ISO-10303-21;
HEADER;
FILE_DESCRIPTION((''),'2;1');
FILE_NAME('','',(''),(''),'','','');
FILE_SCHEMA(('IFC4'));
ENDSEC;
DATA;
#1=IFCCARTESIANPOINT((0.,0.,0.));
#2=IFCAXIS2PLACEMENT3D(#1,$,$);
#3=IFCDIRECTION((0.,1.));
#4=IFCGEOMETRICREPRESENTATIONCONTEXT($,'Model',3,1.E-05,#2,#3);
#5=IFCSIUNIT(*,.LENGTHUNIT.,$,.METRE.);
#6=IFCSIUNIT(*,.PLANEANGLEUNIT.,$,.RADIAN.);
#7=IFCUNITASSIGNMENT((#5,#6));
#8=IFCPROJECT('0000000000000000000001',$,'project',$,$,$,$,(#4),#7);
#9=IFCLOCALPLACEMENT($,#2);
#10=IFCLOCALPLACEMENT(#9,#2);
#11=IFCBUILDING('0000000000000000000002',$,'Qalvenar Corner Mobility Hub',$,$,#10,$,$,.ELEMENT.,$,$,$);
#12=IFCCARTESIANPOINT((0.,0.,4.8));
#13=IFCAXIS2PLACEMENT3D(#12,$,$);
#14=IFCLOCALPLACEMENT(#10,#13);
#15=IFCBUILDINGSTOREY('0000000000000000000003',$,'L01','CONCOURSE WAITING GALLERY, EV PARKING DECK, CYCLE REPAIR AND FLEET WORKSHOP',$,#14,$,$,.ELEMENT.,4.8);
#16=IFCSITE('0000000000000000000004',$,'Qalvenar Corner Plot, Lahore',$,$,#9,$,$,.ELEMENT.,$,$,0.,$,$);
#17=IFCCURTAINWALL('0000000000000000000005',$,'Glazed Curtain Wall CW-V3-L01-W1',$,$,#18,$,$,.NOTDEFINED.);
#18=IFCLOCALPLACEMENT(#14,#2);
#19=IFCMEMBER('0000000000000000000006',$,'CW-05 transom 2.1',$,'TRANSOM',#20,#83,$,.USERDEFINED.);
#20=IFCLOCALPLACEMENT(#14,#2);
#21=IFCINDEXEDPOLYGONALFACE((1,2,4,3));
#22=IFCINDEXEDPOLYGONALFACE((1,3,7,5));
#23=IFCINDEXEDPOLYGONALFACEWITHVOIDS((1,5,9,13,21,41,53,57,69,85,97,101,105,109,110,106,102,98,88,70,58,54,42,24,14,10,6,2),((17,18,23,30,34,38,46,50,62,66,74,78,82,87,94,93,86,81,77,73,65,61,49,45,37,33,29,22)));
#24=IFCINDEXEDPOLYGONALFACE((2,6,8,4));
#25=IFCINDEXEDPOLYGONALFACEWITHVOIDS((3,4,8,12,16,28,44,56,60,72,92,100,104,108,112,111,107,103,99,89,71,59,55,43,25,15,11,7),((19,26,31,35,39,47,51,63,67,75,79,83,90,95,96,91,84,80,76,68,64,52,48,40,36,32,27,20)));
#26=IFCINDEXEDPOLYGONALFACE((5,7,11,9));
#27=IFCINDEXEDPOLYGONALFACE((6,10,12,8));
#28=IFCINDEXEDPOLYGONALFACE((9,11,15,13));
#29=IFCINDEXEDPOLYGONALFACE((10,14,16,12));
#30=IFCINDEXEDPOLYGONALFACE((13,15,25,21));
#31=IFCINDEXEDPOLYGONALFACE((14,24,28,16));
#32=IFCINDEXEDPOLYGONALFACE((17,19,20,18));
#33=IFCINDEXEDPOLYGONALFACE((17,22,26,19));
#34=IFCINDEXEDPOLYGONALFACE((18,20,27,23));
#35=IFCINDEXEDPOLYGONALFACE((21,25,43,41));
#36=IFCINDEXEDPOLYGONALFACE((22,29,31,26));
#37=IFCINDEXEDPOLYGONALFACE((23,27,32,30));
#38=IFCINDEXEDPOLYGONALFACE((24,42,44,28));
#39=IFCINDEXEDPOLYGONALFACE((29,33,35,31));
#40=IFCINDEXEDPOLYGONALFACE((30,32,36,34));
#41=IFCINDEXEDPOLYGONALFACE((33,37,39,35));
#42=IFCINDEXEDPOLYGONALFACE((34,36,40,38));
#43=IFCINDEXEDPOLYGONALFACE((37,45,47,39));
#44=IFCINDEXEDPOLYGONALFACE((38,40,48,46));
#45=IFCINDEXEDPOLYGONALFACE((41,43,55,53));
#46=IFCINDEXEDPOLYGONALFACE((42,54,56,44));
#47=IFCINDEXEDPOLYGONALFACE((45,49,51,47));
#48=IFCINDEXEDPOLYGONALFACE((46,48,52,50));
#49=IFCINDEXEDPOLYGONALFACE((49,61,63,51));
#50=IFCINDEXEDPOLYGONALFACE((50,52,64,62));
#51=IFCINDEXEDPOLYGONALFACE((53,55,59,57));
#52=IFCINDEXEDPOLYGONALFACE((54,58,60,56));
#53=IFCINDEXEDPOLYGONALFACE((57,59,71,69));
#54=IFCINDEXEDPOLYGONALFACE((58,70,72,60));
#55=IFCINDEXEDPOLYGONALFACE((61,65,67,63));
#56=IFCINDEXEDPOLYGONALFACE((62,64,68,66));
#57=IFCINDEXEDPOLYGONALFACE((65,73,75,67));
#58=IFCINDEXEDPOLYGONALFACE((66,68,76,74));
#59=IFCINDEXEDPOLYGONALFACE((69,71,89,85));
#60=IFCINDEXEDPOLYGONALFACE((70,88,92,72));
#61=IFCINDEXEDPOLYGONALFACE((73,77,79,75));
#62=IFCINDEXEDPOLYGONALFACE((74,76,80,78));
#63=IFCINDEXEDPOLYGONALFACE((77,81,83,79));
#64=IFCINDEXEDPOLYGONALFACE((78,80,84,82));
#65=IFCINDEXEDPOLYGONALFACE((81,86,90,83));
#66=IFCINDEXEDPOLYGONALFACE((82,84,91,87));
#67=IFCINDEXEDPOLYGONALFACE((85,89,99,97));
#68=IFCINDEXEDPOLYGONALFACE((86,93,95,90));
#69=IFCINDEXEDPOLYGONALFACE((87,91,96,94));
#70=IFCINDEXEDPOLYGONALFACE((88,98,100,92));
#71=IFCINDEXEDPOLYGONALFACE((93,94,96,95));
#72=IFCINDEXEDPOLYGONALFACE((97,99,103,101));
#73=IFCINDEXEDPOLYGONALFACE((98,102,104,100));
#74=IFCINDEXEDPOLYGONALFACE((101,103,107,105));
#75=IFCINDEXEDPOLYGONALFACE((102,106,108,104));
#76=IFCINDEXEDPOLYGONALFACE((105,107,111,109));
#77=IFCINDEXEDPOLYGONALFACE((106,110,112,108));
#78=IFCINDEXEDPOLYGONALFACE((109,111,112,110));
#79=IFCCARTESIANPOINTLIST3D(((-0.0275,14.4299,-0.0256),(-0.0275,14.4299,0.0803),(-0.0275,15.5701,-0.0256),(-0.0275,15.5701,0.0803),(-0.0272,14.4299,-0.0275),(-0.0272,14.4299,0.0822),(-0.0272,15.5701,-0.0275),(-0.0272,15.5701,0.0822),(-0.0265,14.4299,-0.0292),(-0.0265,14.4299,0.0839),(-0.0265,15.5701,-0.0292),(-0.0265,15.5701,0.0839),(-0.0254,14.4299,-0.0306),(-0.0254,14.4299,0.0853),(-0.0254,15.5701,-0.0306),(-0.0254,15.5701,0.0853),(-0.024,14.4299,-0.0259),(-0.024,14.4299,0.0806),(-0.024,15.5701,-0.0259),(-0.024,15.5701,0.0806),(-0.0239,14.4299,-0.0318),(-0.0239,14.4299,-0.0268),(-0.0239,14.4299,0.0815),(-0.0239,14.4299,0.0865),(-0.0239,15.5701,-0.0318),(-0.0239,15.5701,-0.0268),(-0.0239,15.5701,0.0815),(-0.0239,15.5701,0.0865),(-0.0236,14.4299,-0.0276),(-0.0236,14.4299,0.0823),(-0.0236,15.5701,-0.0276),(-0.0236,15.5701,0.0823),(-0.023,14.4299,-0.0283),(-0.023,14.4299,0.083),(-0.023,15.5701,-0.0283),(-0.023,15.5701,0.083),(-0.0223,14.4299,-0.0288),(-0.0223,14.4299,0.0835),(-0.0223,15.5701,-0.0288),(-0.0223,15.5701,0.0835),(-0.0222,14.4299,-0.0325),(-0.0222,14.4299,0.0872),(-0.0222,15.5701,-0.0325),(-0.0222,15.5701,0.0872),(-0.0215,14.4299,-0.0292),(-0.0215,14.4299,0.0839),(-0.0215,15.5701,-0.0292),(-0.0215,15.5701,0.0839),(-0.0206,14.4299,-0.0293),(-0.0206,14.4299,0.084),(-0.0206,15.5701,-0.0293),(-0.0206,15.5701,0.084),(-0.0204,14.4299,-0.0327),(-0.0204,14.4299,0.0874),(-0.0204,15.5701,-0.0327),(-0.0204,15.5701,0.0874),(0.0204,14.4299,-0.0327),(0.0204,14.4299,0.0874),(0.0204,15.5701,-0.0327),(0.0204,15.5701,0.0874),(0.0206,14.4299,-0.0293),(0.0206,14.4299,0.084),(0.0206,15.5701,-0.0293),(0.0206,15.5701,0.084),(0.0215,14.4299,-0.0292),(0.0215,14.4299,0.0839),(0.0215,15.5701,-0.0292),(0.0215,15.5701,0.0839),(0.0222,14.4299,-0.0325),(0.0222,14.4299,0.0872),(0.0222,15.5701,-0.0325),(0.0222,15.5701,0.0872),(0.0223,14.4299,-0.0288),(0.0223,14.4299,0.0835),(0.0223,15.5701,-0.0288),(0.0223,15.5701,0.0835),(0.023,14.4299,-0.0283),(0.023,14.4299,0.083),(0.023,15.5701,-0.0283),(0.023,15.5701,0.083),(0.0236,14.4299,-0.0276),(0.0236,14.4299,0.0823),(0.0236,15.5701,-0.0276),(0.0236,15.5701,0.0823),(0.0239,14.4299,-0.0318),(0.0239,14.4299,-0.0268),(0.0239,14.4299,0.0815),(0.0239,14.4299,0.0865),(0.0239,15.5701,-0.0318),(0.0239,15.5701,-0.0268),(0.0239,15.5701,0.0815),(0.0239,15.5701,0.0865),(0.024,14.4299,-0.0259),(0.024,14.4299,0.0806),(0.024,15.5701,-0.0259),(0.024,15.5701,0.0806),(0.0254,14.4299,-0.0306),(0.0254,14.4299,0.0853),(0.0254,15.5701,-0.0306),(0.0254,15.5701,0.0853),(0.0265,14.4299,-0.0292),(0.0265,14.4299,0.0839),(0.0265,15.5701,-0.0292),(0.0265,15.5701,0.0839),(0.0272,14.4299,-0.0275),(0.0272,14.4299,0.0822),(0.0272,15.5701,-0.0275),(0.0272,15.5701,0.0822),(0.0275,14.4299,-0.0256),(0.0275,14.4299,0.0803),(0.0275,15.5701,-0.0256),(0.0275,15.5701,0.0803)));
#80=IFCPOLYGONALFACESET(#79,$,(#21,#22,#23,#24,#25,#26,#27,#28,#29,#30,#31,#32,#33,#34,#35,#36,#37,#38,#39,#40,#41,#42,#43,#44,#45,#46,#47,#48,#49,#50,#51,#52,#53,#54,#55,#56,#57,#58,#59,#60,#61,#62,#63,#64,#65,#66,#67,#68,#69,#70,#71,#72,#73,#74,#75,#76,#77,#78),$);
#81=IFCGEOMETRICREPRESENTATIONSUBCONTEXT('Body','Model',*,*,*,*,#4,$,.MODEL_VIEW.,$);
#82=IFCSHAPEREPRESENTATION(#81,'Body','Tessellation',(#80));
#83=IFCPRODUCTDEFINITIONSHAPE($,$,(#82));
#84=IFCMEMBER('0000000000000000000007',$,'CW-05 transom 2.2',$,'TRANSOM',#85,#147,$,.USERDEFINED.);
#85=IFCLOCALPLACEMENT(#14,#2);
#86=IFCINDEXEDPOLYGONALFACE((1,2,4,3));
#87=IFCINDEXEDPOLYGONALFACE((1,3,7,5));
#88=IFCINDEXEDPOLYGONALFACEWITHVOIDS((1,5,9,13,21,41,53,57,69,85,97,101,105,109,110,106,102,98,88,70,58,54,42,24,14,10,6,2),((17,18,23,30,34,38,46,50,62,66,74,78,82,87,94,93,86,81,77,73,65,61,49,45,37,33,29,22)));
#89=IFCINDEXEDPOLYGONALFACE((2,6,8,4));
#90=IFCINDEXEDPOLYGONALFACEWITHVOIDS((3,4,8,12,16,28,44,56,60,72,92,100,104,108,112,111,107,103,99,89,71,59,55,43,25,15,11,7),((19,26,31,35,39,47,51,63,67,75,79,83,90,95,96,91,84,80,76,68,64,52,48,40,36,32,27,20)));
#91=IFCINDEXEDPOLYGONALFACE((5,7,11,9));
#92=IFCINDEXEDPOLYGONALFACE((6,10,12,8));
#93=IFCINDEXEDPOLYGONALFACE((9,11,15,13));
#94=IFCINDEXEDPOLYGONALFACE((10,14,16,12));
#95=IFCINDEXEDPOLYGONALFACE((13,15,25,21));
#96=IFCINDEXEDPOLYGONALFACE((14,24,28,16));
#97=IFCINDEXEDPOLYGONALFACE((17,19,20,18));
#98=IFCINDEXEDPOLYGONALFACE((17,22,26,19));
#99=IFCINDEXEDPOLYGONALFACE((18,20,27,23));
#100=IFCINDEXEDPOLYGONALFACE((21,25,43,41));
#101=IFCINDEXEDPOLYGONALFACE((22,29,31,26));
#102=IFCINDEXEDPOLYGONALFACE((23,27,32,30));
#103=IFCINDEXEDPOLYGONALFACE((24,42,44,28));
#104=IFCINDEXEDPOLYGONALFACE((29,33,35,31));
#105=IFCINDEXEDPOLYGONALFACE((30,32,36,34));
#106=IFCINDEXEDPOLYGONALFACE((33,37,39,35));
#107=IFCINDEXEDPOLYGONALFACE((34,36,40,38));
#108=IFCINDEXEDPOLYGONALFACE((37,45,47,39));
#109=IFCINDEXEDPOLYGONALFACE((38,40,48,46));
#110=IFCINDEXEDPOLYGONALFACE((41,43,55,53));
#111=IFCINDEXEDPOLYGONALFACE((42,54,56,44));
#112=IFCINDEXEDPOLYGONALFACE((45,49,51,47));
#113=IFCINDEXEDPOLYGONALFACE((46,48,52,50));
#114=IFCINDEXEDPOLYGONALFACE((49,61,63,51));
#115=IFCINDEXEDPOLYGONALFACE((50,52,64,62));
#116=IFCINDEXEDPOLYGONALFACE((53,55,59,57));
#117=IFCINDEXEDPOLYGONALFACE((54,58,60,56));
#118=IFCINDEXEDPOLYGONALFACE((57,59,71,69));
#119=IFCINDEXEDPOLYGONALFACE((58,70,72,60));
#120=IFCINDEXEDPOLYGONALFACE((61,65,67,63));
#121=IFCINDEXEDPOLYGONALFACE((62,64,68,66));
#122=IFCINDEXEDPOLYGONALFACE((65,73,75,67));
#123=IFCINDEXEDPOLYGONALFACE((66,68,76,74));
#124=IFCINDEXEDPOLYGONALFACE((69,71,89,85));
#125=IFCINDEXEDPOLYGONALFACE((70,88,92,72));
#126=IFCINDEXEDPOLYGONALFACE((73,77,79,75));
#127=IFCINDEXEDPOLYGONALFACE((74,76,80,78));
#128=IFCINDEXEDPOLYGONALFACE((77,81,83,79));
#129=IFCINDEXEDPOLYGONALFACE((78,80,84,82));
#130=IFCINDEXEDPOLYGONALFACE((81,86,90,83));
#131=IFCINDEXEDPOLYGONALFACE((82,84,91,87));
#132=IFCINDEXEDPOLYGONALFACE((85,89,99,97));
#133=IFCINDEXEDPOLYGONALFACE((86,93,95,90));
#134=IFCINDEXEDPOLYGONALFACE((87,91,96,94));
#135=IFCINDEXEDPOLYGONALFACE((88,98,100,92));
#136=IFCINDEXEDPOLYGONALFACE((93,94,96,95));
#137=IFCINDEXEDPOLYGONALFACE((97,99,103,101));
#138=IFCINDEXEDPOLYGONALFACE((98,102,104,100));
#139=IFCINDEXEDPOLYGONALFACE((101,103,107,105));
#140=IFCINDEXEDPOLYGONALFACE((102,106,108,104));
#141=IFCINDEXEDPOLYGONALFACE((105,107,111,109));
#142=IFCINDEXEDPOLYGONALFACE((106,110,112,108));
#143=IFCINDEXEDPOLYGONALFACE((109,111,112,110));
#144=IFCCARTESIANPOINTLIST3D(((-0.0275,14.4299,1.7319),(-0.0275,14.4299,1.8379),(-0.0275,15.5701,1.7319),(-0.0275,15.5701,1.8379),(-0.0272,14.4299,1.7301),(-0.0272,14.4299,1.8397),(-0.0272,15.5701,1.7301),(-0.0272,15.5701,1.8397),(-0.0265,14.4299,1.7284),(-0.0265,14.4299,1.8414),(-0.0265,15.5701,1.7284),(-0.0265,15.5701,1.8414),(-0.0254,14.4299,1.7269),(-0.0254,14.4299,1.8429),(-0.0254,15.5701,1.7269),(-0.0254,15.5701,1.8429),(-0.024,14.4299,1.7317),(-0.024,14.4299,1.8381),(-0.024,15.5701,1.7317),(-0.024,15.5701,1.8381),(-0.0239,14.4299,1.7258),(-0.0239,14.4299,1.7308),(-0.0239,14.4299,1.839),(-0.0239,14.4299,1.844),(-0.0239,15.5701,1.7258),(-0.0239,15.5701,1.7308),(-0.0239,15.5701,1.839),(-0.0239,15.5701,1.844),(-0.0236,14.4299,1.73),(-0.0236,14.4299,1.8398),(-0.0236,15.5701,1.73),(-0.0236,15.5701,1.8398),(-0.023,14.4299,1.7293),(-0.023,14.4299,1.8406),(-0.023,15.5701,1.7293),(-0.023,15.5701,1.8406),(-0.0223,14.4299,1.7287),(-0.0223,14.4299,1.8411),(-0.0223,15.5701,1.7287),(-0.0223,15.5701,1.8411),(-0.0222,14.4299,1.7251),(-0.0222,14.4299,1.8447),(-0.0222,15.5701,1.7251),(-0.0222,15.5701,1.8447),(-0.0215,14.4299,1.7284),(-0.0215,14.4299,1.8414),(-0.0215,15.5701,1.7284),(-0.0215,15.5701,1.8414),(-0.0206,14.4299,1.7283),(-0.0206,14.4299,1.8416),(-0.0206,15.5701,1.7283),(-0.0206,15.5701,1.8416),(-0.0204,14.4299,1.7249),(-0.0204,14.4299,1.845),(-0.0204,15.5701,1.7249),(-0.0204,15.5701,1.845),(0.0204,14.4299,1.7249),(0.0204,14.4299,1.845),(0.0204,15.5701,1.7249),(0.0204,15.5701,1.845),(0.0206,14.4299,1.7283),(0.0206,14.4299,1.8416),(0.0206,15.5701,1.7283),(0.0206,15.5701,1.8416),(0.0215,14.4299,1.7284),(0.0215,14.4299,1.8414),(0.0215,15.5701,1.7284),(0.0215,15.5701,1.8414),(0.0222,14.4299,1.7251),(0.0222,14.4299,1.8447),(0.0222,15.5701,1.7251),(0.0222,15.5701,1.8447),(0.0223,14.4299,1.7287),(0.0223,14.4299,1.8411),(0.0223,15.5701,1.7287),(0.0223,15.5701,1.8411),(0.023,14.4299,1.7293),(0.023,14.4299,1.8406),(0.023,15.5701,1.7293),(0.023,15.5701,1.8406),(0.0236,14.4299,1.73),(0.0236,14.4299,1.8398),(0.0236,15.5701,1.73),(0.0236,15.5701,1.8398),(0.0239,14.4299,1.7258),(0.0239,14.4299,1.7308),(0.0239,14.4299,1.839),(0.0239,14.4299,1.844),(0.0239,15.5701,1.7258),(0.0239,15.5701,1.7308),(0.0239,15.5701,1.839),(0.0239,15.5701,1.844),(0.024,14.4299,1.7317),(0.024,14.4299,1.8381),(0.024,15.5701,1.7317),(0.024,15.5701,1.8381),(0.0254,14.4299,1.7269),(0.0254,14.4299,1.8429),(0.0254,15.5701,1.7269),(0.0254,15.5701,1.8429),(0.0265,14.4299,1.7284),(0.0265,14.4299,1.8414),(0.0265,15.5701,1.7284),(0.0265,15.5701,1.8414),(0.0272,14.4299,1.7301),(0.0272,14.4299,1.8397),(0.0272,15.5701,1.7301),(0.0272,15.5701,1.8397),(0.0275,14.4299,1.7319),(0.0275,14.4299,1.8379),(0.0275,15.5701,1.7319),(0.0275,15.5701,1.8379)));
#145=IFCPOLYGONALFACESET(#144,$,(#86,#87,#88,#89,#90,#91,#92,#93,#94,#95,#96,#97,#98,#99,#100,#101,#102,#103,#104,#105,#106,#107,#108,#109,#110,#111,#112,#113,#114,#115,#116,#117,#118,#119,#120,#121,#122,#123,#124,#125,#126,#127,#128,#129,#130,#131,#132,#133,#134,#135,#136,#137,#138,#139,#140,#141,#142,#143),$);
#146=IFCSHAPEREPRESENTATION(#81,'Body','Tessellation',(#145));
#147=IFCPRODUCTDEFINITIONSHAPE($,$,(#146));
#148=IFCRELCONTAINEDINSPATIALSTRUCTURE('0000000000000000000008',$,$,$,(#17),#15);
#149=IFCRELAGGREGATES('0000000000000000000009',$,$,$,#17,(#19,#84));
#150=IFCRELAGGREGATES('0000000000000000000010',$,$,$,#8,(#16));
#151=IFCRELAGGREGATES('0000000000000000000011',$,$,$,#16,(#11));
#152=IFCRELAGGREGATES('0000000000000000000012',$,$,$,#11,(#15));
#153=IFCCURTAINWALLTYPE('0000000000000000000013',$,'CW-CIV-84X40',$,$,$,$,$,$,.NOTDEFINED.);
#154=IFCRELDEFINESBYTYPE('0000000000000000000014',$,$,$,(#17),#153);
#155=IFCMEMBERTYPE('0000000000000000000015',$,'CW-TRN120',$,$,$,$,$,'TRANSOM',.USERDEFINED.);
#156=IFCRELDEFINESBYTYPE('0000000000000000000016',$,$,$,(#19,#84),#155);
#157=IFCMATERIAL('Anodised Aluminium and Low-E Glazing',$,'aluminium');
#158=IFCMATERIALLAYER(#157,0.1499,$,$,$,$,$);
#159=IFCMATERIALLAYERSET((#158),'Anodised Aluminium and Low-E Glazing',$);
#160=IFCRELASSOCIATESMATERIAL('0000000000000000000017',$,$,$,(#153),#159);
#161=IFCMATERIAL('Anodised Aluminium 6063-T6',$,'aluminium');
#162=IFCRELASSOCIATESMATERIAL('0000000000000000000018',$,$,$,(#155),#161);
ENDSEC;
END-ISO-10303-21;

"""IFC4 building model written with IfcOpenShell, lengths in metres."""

from ifc_helpers import new_model, si_unit, direction, frame, origin, origin_2d, place, context, subcontext, project, spatial, hollow_rectangle, extrude, material, layer, layer_set, material_profile, profile_set, type_object, element, aggregate, save


model = new_model("IFC4")

# Units and contexts
model_context = context("Model", 3, precision=1e-05, world=origin(), true_north=direction((0.0, 1.0)))
body_context = subcontext(model_context, "Body", "Model", "MODEL_VIEW")
ifc_project = project(units=[si_unit("LENGTHUNIT", "METRE"), si_unit("PLANEANGLEUNIT", "RADIAN")], contexts=[model_context])

# Site, building, storey
site_placement = place(None, origin())
site = spatial("IfcSite", under=ifc_project, at=site_placement, Name="Qalvenar Corner Plot, Lahore", CompositionType="ELEMENT", RefElevation=0.0)
building_placement = place(site_placement, origin())
building = spatial("IfcBuilding", under=site, at=building_placement, Name="Qalvenar Corner Mobility Hub", CompositionType="ELEMENT")
storey_placement = place(building_placement, frame((0.0, 0.0, 4.8)))
storey = spatial("IfcBuildingStorey", under=building, at=storey_placement, Name="L01", Description="CONCOURSE WAITING GALLERY, EV PARKING DECK, CYCLE REPAIR AND FLEET WORKSHOP", CompositionType="ELEMENT", Elevation=4.8)

# Curtain wall, members
ifc_material_1 = material(Name="Anodised Aluminium and Low-E Glazing", Category="aluminium")
ifc_layer_1 = layer(ifc_material_1, 0.1499)
ifc_layer_set_1 = layer_set([ifc_layer_1], Name="Anodised Aluminium and Low-E Glazing")
curtain_wall_type = type_object("IfcCurtainWallType", Name="CW-CIV-84X40", PredefinedType="NOTDEFINED", material=ifc_layer_set_1)
curtain_wall_placement = place(storey_placement, origin())
curtain_wall = element("IfcCurtainWall", 1, at=curtain_wall_placement, inside=storey, type_object=curtain_wall_type, Name="Glazed Curtain Wall CW-V3-L01-W1", PredefinedType="NOTDEFINED")
ifc_material_2 = material(Name="Anodised Aluminium 6063-T6", Category="aluminium")
ifc_material_profile_1 = material_profile(ifc_material_2, hollow_rectangle(XDim=0.0549, YDim=0.1201, WallThickness=0.0034, InnerFilletRadius=0.0034, OuterFilletRadius=0.0071, at=origin_2d()), Name="RHS120x55x3.5")
ifc_profile_set_1 = profile_set([ifc_material_profile_1], Name="Anodised Aluminium 6063-T6")
member_type_1 = type_object("IfcMemberType", Name="CW-TRN120", ElementType="TRANSOM", PredefinedType="USERDEFINED", material=ifc_profile_set_1)
member_1_placement = place(storey_placement, frame((0.0, 15.5701, 0.0273), z_axis=(0.0, -1.0, 0.0), x_axis=(1.0, 0.0, 0.0)))
member_1 = element("IfcMember", 2, at=member_1_placement, type_object=member_type_1, Name="CW-05 transom 2.1", ObjectType="TRANSOM", PredefinedType="USERDEFINED", context=body_context, shape_type="SweptSolid", body=[
    extrude(hollow_rectangle(XDim=0.0549, YDim=0.1201, WallThickness=0.0034, InnerFilletRadius=0.0034, OuterFilletRadius=0.0071, at=origin_2d()), origin(), (0.0, 0.0, 1.0), 1.1401),
])
member_2_placement = place(storey_placement, frame((0.0, 15.5701, 1.7849), z_axis=(0.0, -1.0, 0.0), x_axis=(1.0, 0.0, 0.0)))
member_2 = element("IfcMember", 3, at=member_2_placement, type_object=member_type_1, Name="CW-05 transom 2.2", ObjectType="TRANSOM", PredefinedType="USERDEFINED", context=body_context, shape_type="SweptSolid", body=[
    extrude(hollow_rectangle(XDim=0.0549, YDim=0.1201, WallThickness=0.0034, InnerFilletRadius=0.0034, OuterFilletRadius=0.0071, at=origin_2d()), origin(), (0.0, 0.0, 1.0), 1.1401),
])
aggregate(curtain_wall, [member_1, member_2])

save(model, "model.ifc")
